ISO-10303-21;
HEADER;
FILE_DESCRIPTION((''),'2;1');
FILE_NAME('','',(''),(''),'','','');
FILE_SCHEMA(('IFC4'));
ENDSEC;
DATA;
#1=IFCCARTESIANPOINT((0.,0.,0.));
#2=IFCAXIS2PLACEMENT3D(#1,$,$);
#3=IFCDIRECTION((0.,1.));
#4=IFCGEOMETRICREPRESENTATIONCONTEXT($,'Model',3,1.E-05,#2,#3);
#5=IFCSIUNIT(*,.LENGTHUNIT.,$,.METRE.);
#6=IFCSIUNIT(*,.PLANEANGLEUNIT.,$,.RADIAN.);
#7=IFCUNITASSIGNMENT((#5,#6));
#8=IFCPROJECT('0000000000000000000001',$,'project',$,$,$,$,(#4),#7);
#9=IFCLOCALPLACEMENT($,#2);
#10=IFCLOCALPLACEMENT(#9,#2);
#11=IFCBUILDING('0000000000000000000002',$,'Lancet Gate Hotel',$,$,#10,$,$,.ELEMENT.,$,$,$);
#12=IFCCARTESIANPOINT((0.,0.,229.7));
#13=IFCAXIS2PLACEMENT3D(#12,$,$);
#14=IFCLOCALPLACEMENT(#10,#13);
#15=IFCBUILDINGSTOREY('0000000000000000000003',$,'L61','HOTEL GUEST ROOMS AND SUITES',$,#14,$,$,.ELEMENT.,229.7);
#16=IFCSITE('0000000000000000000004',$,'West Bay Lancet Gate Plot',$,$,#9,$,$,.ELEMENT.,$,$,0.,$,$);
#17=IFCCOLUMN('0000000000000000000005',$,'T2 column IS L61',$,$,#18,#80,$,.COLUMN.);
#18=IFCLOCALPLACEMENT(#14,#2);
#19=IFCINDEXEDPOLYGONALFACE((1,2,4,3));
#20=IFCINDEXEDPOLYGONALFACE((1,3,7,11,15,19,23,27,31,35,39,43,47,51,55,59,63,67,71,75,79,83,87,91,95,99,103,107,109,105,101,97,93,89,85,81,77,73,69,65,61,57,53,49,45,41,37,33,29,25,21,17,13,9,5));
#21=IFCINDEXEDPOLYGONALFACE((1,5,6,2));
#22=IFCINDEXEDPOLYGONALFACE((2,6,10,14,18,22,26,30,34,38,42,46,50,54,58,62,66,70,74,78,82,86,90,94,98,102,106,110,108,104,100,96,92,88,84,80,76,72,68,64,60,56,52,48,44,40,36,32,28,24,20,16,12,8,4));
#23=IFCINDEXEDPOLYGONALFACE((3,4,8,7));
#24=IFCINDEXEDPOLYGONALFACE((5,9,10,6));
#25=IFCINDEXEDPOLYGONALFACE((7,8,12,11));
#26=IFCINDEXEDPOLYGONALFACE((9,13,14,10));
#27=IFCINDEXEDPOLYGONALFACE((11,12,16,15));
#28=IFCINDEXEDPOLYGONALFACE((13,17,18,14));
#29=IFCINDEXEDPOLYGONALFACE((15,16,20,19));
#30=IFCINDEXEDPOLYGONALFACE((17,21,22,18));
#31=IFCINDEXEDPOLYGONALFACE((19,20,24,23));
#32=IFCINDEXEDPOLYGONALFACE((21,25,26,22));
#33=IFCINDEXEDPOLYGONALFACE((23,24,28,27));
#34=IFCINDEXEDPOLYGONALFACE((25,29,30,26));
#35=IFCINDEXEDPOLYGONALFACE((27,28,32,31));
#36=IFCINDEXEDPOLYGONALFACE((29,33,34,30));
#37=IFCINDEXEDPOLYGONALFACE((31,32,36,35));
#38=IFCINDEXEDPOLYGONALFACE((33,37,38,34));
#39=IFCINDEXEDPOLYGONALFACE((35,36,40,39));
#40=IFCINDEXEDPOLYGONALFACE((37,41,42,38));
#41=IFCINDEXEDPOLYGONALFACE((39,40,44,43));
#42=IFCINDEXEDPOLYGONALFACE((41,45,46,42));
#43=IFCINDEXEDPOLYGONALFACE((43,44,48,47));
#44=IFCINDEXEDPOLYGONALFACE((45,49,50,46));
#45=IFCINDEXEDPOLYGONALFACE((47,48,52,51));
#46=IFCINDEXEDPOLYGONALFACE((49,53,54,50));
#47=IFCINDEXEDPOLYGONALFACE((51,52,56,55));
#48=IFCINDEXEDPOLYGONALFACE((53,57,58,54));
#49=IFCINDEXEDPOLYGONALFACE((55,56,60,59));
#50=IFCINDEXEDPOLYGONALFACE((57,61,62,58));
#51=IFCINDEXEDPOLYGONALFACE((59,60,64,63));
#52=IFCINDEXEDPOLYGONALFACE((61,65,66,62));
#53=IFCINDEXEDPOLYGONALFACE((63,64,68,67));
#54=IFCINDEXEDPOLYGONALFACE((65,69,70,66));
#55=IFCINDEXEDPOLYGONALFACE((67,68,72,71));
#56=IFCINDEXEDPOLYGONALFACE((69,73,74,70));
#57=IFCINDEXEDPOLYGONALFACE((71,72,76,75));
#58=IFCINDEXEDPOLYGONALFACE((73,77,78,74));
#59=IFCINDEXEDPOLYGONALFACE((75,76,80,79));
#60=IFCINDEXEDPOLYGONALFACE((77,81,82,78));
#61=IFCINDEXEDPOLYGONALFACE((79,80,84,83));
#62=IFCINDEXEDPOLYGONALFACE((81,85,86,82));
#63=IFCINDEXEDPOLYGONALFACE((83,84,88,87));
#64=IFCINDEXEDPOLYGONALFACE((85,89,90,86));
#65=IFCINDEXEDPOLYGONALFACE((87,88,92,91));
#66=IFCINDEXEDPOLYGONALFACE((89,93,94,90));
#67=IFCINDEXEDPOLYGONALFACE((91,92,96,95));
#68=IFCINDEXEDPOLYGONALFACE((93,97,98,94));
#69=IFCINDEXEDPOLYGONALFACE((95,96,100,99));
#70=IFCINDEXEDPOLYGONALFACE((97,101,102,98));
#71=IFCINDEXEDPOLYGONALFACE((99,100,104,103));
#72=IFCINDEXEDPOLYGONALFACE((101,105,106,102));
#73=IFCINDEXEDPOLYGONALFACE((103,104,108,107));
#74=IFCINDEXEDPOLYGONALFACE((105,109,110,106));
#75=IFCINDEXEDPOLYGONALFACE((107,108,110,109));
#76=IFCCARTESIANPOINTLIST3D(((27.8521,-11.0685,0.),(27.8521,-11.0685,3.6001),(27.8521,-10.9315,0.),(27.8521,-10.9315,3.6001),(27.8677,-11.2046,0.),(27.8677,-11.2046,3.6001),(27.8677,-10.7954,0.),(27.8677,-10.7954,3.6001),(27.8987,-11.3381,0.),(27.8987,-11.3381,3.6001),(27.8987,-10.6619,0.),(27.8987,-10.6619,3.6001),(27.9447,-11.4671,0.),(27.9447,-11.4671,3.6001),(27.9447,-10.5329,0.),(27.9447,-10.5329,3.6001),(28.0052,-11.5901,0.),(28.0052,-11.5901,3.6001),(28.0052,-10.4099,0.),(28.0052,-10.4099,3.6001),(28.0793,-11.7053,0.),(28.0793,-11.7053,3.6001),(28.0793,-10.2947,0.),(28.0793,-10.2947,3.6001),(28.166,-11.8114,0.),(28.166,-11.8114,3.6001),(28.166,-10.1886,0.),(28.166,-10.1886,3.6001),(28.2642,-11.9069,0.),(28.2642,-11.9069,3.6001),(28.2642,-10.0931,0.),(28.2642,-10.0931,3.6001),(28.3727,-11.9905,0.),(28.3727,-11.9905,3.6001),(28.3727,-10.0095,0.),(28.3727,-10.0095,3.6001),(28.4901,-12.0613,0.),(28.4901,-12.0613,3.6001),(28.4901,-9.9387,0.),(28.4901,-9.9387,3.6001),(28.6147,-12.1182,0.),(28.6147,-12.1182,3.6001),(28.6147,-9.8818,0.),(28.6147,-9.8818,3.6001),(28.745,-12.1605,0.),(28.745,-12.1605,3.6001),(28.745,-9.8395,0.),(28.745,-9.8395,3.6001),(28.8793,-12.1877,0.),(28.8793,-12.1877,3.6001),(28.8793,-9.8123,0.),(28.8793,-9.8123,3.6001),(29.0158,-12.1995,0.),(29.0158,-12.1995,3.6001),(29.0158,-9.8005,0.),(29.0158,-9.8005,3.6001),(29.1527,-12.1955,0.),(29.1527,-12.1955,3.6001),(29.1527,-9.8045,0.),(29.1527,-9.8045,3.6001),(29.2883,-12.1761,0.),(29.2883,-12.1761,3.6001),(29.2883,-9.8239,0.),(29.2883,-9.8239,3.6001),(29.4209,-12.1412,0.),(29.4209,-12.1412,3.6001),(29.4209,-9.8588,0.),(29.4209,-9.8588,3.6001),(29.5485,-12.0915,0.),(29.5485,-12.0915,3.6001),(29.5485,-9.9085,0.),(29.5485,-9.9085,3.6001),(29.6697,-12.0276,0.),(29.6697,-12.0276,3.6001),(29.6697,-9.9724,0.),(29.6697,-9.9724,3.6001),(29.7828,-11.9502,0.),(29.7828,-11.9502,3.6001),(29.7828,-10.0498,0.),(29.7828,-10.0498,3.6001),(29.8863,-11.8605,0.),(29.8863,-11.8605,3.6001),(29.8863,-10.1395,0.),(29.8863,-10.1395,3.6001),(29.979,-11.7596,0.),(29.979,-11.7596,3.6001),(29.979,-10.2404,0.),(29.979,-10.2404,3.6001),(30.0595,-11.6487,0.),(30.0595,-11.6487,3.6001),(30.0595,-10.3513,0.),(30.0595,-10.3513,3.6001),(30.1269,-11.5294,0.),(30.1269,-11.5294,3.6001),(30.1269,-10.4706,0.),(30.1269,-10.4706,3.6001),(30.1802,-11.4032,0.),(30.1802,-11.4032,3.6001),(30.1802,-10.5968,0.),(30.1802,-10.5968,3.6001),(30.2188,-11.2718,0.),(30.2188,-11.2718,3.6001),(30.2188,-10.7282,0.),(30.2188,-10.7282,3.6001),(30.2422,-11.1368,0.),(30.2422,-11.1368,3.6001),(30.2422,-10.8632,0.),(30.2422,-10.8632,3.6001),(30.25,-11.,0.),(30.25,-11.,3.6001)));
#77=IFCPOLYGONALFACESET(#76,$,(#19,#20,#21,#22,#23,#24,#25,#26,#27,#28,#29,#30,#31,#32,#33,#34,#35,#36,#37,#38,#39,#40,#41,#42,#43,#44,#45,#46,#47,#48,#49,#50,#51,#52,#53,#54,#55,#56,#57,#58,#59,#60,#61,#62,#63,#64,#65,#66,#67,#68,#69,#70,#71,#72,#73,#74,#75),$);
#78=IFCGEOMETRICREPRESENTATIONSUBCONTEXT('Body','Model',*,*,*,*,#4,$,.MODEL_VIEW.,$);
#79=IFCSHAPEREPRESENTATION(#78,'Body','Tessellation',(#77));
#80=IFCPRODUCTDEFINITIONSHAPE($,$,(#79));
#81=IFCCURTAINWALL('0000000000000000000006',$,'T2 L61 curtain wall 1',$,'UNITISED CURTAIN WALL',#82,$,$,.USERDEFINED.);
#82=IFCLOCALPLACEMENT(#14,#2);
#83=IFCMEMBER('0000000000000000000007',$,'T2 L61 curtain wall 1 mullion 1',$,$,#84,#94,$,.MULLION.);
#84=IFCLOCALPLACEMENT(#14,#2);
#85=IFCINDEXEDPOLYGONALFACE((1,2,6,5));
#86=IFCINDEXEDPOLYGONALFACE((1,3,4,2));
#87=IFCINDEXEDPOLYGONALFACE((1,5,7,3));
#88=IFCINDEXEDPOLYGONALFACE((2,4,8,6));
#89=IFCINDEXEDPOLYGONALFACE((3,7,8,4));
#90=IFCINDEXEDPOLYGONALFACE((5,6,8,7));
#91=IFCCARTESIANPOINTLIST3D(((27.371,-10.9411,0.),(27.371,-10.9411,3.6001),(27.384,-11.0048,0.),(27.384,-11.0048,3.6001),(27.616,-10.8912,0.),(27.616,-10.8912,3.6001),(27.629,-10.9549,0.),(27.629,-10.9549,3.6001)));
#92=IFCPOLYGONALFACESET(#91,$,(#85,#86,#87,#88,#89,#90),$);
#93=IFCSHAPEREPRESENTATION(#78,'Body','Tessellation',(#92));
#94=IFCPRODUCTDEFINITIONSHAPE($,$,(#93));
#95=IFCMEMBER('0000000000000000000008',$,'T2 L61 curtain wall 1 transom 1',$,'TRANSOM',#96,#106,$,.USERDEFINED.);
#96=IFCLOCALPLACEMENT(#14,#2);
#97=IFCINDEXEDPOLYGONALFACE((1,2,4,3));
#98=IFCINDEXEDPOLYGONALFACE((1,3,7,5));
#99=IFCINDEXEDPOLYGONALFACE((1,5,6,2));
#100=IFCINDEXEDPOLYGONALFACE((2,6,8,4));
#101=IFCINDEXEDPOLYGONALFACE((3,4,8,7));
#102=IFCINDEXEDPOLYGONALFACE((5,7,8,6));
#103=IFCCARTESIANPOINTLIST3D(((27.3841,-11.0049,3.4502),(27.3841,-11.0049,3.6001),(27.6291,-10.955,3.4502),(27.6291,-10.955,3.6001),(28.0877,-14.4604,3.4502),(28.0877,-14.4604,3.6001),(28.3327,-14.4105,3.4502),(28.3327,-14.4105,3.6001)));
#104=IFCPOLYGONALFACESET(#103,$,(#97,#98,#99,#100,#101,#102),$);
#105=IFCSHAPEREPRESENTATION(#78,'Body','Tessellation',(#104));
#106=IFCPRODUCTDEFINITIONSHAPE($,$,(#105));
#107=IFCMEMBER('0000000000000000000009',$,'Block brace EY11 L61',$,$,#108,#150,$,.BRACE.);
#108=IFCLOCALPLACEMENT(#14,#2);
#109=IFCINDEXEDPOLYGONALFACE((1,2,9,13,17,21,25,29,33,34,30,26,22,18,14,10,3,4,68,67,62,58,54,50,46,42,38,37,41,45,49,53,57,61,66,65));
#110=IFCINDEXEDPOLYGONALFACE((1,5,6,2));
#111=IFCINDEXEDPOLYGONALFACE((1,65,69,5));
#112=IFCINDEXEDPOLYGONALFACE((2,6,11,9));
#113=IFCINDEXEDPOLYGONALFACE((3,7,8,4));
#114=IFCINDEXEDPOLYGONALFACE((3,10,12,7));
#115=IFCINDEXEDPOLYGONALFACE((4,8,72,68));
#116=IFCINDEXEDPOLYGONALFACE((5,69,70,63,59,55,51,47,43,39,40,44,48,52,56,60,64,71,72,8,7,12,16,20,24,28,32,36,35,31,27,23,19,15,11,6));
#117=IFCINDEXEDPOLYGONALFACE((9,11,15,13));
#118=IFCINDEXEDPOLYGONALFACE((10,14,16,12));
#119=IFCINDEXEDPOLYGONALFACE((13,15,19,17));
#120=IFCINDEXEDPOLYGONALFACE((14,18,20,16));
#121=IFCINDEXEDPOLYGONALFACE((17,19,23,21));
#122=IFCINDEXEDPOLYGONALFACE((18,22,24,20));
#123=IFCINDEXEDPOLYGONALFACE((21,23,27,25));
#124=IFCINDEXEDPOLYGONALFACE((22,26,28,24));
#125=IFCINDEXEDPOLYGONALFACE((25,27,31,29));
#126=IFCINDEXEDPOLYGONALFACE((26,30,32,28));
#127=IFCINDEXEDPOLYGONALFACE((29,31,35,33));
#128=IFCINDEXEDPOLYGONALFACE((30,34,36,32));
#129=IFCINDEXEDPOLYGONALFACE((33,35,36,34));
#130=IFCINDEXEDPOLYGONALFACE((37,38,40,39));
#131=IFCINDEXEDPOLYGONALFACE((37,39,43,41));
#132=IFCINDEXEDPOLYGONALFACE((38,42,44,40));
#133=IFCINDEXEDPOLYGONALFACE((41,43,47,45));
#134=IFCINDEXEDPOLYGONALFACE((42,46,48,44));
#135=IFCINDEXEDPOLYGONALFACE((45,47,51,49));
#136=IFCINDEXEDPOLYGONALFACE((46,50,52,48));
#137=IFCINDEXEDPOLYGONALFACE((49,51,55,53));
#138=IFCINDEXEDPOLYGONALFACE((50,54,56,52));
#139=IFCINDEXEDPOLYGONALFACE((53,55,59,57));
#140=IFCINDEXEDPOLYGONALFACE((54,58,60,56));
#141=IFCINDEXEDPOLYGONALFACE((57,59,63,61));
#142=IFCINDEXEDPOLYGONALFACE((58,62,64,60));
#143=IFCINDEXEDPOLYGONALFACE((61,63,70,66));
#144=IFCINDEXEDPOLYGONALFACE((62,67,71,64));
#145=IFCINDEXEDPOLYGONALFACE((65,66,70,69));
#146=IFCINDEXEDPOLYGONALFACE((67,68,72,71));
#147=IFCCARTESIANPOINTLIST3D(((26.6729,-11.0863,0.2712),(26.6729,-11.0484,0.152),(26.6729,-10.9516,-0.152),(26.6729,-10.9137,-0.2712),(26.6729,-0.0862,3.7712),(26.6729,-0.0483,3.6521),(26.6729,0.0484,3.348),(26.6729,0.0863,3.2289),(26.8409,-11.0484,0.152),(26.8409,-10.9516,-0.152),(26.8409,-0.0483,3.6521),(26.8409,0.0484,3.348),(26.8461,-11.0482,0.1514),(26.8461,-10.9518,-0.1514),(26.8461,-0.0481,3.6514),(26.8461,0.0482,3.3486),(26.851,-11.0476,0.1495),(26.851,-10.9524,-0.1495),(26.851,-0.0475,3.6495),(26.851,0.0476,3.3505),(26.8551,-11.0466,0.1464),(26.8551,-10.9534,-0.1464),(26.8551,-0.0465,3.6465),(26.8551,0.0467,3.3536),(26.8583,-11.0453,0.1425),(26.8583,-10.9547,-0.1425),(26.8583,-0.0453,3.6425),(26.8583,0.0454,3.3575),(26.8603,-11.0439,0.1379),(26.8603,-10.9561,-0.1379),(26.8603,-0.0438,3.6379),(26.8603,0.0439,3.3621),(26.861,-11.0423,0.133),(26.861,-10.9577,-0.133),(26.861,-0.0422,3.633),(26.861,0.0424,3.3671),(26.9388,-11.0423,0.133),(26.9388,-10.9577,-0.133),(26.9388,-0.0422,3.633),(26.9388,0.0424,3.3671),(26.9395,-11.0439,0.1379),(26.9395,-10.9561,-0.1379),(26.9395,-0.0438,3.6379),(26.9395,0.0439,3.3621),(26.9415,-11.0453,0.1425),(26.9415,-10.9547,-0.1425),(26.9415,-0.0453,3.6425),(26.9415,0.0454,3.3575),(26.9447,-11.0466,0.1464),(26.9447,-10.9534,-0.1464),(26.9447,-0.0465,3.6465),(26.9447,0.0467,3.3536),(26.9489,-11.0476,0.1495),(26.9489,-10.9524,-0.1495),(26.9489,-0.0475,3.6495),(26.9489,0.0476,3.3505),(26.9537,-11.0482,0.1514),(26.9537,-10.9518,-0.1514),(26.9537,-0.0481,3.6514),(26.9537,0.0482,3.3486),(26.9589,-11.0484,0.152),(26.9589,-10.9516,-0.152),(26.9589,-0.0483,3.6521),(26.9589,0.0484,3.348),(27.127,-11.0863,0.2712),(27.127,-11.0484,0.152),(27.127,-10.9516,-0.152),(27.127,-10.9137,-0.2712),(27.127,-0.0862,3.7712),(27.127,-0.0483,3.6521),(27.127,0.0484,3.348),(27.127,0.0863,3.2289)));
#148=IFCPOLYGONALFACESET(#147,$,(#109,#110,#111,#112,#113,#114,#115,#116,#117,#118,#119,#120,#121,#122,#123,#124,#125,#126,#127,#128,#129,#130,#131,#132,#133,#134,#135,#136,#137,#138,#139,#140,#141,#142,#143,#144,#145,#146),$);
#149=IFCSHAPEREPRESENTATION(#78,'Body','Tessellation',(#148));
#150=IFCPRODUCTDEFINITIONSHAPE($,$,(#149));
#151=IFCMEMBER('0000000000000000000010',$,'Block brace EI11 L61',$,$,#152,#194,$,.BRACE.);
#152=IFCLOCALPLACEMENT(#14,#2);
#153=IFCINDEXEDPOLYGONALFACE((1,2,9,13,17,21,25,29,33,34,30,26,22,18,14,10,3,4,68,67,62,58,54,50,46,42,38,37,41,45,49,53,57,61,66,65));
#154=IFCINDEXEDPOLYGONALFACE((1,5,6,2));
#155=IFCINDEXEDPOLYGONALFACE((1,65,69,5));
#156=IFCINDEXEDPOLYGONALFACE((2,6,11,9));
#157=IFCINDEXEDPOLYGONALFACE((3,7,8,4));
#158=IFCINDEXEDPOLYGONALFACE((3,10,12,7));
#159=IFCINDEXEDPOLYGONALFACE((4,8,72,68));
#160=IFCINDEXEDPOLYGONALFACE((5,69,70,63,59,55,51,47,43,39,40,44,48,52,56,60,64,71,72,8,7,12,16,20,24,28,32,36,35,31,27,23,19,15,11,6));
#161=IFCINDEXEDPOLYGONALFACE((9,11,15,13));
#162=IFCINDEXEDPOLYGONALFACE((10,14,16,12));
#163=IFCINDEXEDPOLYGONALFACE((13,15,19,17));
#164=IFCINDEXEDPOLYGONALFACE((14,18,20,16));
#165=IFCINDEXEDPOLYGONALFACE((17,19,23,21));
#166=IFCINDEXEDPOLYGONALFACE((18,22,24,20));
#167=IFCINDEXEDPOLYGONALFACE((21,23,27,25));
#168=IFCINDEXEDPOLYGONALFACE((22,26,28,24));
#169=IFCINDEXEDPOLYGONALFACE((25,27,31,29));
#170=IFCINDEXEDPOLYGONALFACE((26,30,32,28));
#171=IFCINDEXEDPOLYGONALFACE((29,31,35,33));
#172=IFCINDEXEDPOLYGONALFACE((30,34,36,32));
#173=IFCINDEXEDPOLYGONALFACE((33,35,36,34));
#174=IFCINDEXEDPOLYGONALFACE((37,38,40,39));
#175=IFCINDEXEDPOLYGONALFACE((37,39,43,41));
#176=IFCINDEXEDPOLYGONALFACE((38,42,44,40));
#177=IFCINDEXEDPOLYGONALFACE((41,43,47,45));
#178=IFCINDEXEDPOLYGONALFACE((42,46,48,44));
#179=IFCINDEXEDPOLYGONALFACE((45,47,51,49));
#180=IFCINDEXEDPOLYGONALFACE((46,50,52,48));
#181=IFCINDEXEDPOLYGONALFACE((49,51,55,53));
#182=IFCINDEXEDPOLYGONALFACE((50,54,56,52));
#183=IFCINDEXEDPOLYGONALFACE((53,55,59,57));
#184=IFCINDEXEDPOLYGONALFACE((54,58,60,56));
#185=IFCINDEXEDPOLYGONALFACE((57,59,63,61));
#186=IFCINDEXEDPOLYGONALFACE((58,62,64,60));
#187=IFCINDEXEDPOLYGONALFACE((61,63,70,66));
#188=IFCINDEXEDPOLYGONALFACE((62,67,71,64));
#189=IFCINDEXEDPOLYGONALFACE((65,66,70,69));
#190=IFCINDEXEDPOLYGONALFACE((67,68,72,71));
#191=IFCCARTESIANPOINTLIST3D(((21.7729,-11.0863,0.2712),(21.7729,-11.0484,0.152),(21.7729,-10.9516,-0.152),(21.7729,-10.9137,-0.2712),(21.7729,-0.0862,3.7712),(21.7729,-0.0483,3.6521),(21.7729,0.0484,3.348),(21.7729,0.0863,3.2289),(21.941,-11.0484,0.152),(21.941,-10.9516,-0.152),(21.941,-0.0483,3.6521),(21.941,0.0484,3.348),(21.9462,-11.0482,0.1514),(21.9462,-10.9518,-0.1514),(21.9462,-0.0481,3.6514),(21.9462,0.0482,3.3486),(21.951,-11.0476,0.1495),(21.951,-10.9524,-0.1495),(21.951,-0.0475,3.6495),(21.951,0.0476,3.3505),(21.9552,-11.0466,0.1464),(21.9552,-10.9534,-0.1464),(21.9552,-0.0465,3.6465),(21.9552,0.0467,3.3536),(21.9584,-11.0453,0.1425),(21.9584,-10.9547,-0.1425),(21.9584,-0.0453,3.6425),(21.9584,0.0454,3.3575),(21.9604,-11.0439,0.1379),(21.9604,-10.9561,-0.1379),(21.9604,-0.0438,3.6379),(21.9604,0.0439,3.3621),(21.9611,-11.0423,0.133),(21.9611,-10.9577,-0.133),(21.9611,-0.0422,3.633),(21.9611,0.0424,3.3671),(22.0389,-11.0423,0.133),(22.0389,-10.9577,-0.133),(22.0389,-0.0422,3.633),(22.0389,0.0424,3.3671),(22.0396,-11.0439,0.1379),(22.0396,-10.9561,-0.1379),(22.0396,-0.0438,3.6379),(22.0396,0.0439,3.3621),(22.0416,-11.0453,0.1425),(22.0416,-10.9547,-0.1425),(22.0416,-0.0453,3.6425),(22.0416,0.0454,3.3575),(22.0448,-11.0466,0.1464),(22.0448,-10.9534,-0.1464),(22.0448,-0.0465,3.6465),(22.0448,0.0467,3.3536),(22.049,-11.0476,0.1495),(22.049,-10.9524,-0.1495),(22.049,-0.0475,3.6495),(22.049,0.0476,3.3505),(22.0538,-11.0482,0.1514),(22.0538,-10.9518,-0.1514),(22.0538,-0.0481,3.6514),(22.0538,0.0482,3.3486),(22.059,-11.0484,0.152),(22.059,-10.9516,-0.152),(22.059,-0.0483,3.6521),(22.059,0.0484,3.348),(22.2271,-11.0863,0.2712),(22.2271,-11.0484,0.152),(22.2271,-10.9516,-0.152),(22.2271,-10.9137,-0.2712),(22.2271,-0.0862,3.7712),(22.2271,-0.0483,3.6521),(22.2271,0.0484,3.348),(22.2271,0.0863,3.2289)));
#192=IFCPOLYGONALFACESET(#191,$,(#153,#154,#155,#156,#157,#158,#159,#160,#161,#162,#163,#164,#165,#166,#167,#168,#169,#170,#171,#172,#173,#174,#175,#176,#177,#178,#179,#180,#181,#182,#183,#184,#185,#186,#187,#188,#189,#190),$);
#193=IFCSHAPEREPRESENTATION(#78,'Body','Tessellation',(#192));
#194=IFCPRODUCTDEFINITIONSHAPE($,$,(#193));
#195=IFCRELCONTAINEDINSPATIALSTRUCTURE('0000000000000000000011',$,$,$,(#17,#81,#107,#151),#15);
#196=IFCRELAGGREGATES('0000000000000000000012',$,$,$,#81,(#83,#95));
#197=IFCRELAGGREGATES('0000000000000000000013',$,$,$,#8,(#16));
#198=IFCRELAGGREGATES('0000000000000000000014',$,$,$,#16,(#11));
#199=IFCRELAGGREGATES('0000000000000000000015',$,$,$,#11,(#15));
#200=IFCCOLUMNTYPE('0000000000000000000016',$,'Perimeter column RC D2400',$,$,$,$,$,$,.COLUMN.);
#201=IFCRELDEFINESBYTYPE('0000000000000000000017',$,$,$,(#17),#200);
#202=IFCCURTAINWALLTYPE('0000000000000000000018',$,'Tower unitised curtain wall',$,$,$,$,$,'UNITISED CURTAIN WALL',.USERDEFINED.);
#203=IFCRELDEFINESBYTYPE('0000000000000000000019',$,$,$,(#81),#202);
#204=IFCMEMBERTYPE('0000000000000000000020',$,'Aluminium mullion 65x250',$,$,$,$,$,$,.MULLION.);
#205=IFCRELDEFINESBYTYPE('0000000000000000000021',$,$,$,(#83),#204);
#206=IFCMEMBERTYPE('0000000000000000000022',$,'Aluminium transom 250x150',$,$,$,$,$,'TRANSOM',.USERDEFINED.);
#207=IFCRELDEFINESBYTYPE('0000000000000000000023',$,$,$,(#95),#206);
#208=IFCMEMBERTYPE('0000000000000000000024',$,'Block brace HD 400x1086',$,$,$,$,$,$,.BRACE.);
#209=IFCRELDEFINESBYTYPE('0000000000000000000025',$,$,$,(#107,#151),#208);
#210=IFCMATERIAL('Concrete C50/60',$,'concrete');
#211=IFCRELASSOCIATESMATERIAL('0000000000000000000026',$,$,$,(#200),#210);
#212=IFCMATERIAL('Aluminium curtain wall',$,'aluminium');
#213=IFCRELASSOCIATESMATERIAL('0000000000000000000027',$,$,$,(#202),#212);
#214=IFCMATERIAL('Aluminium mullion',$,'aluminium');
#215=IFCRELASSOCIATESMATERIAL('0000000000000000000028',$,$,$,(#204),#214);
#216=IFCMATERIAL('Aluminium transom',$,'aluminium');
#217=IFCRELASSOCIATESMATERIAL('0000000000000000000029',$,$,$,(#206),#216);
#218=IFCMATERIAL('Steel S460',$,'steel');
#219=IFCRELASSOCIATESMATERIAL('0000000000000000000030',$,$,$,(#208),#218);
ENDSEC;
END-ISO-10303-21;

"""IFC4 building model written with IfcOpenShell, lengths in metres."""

from ifc_helpers import new_model, si_unit, direction, frame, origin, origin_2d, place, context, subcontext, project, spatial, rectangle, circle, i_section, extrude, material, material_profile, profile_set, type_object, element, aggregate, save


model = new_model("IFC4")

# Units and contexts
model_context = context("Model", 3, precision=1e-05, world=origin(), true_north=direction((0.0, 1.0)))
body_context = subcontext(model_context, "Body", "Model", "MODEL_VIEW")
ifc_project = project(units=[si_unit("LENGTHUNIT", "METRE"), si_unit("PLANEANGLEUNIT", "RADIAN")], contexts=[model_context])

# Site, building, storey
site_placement = place(None, origin())
site = spatial("IfcSite", under=ifc_project, at=site_placement, Name="West Bay Lancet Gate Plot", CompositionType="ELEMENT", RefElevation=0.0)
building_placement = place(site_placement, origin())
building = spatial("IfcBuilding", under=site, at=building_placement, Name="Lancet Gate Hotel", CompositionType="ELEMENT")
storey_placement = place(building_placement, frame((0.0, 0.0, 229.7)))
storey = spatial("IfcBuildingStorey", under=building, at=storey_placement, Name="L61", Description="HOTEL GUEST ROOMS AND SUITES", CompositionType="ELEMENT", Elevation=229.7)

# Column
ifc_material_1 = material(Name="Concrete C50/60", Category="concrete")
ifc_material_profile_1 = material_profile(ifc_material_1, circle(Radius=1.2, at=origin_2d()), Name="RC D2400")
ifc_profile_set_1 = profile_set([ifc_material_profile_1], Name="Concrete C50/60")
column_type_1 = type_object("IfcColumnType", Name="Perimeter column RC D2400", PredefinedType="COLUMN", material=ifc_profile_set_1)
column_placement = place(storey_placement, frame((29.05, -11.0, 0.0), z_axis=(0.0, 0.0, 1.0), x_axis=(1.0, 0.0, 0.0)))
element("IfcColumn", 1, at=column_placement, inside=storey, type_object=column_type_1, Name="T2 column IS L61", PredefinedType="COLUMN", context=body_context, shape_type="SweptSolid", body=[
    extrude(circle(Radius=1.2, at=origin_2d()), origin(), (0.0, 0.0, 1.0), 3.6001),
])

# Curtain wall, members
ifc_material_2 = material(Name="Aluminium curtain wall", Category="aluminium")
curtain_wall_type = type_object("IfcCurtainWallType", Name="Tower unitised curtain wall", ElementType="UNITISED CURTAIN WALL", PredefinedType="USERDEFINED", material=ifc_material_2)
curtain_wall_placement = place(storey_placement, origin())
curtain_wall = element("IfcCurtainWall", 2, at=curtain_wall_placement, inside=storey, type_object=curtain_wall_type, Name="T2 L61 curtain wall 1", ObjectType="UNITISED CURTAIN WALL", PredefinedType="USERDEFINED")
ifc_material_3 = material(Name="Aluminium mullion", Category="aluminium")
ifc_material_profile_2 = material_profile(ifc_material_3, rectangle(XDim=0.0649, YDim=0.25, at=origin_2d()), Name="MULLION 65x250")
ifc_profile_set_2 = profile_set([ifc_material_profile_2], Name="Aluminium mullion")
member_type_1 = type_object("IfcMemberType", Name="Aluminium mullion 65x250", PredefinedType="MULLION", material=ifc_profile_set_2)
member_1_placement = place(storey_placement, frame((27.5, -10.948, 0.0), z_axis=(0.0, 0.0, 1.0), x_axis=(0.199533, -0.979891, 0.0)))
member_1 = element("IfcMember", 3, at=member_1_placement, type_object=member_type_1, Name="T2 L61 curtain wall 1 mullion 1", PredefinedType="MULLION", context=body_context, shape_type="SweptSolid", body=[
    extrude(rectangle(XDim=0.0649, YDim=0.25, at=origin_2d()), origin(), (0.0, 0.0, 1.0), 3.6001),
])
ifc_material_4 = material(Name="Aluminium transom", Category="aluminium")
ifc_material_profile_3 = material_profile(ifc_material_4, rectangle(XDim=0.25, YDim=0.1499, at=origin_2d()), Name="TRANSOM 250x150")
ifc_profile_set_3 = profile_set([ifc_material_profile_3], Name="Aluminium transom")
member_type_2 = type_object("IfcMemberType", Name="Aluminium transom 250x150", ElementType="TRANSOM", PredefinedType="USERDEFINED", material=ifc_profile_set_3)
member_2_placement = place(storey_placement, frame((27.5066, -10.98, 3.5251), z_axis=(0.199523, -0.979893, 0.0), x_axis=(0.979893, 0.199523, 0.0)))
member_2 = element("IfcMember", 4, at=member_2_placement, type_object=member_type_2, Name="T2 L61 curtain wall 1 transom 1", ObjectType="TRANSOM", PredefinedType="USERDEFINED", context=body_context, shape_type="SweptSolid", body=[
    extrude(rectangle(XDim=0.25, YDim=0.1499, at=origin_2d()), origin(), (0.0, 0.0, 1.0), 3.5264),
])
aggregate(curtain_wall, [member_1, member_2])

# Members
ifc_material_5 = material(Name="Steel S460", Category="steel")
ifc_material_profile_4 = material_profile(ifc_material_5, i_section(OverallWidth=0.4541, OverallDepth=0.5691, WebThickness=0.0779, FlangeThickness=0.125, FilletRadius=0.02, at=origin_2d()), Name="HD 400x1086")
ifc_profile_set_4 = profile_set([ifc_material_profile_4], Name="Steel S460")
member_type_3 = type_object("IfcMemberType", Name="Block brace HD 400x1086", PredefinedType="BRACE", material=ifc_profile_set_4)
for number, where, z_axis, x_axis, name in (
    (5, (26.8999, -11.0, 0.0), (0.0, 0.952926, 0.303204), (-1.0, 0.0, 0.0), "Block brace EY11 L61"),
    (6, (22.0, -11.0, 0.0), (0.0, 0.952926, 0.303204), (-1.0, 0.0, 0.0), "Block brace EI11 L61"),
):
    element("IfcMember", number, at=place(storey_placement, frame(where, z_axis=z_axis, x_axis=x_axis)), inside=storey, type_object=member_type_3, Name=name, PredefinedType="BRACE", context=body_context, shape_type="SweptSolid", body=[
        extrude(i_section(OverallWidth=0.4541, OverallDepth=0.5691, WebThickness=0.0779, FlangeThickness=0.125, FilletRadius=0.02, at=origin_2d()), origin(), (0.0, 0.0, 1.0), 11.5435),
    ])

save(model, "model.ifc")
